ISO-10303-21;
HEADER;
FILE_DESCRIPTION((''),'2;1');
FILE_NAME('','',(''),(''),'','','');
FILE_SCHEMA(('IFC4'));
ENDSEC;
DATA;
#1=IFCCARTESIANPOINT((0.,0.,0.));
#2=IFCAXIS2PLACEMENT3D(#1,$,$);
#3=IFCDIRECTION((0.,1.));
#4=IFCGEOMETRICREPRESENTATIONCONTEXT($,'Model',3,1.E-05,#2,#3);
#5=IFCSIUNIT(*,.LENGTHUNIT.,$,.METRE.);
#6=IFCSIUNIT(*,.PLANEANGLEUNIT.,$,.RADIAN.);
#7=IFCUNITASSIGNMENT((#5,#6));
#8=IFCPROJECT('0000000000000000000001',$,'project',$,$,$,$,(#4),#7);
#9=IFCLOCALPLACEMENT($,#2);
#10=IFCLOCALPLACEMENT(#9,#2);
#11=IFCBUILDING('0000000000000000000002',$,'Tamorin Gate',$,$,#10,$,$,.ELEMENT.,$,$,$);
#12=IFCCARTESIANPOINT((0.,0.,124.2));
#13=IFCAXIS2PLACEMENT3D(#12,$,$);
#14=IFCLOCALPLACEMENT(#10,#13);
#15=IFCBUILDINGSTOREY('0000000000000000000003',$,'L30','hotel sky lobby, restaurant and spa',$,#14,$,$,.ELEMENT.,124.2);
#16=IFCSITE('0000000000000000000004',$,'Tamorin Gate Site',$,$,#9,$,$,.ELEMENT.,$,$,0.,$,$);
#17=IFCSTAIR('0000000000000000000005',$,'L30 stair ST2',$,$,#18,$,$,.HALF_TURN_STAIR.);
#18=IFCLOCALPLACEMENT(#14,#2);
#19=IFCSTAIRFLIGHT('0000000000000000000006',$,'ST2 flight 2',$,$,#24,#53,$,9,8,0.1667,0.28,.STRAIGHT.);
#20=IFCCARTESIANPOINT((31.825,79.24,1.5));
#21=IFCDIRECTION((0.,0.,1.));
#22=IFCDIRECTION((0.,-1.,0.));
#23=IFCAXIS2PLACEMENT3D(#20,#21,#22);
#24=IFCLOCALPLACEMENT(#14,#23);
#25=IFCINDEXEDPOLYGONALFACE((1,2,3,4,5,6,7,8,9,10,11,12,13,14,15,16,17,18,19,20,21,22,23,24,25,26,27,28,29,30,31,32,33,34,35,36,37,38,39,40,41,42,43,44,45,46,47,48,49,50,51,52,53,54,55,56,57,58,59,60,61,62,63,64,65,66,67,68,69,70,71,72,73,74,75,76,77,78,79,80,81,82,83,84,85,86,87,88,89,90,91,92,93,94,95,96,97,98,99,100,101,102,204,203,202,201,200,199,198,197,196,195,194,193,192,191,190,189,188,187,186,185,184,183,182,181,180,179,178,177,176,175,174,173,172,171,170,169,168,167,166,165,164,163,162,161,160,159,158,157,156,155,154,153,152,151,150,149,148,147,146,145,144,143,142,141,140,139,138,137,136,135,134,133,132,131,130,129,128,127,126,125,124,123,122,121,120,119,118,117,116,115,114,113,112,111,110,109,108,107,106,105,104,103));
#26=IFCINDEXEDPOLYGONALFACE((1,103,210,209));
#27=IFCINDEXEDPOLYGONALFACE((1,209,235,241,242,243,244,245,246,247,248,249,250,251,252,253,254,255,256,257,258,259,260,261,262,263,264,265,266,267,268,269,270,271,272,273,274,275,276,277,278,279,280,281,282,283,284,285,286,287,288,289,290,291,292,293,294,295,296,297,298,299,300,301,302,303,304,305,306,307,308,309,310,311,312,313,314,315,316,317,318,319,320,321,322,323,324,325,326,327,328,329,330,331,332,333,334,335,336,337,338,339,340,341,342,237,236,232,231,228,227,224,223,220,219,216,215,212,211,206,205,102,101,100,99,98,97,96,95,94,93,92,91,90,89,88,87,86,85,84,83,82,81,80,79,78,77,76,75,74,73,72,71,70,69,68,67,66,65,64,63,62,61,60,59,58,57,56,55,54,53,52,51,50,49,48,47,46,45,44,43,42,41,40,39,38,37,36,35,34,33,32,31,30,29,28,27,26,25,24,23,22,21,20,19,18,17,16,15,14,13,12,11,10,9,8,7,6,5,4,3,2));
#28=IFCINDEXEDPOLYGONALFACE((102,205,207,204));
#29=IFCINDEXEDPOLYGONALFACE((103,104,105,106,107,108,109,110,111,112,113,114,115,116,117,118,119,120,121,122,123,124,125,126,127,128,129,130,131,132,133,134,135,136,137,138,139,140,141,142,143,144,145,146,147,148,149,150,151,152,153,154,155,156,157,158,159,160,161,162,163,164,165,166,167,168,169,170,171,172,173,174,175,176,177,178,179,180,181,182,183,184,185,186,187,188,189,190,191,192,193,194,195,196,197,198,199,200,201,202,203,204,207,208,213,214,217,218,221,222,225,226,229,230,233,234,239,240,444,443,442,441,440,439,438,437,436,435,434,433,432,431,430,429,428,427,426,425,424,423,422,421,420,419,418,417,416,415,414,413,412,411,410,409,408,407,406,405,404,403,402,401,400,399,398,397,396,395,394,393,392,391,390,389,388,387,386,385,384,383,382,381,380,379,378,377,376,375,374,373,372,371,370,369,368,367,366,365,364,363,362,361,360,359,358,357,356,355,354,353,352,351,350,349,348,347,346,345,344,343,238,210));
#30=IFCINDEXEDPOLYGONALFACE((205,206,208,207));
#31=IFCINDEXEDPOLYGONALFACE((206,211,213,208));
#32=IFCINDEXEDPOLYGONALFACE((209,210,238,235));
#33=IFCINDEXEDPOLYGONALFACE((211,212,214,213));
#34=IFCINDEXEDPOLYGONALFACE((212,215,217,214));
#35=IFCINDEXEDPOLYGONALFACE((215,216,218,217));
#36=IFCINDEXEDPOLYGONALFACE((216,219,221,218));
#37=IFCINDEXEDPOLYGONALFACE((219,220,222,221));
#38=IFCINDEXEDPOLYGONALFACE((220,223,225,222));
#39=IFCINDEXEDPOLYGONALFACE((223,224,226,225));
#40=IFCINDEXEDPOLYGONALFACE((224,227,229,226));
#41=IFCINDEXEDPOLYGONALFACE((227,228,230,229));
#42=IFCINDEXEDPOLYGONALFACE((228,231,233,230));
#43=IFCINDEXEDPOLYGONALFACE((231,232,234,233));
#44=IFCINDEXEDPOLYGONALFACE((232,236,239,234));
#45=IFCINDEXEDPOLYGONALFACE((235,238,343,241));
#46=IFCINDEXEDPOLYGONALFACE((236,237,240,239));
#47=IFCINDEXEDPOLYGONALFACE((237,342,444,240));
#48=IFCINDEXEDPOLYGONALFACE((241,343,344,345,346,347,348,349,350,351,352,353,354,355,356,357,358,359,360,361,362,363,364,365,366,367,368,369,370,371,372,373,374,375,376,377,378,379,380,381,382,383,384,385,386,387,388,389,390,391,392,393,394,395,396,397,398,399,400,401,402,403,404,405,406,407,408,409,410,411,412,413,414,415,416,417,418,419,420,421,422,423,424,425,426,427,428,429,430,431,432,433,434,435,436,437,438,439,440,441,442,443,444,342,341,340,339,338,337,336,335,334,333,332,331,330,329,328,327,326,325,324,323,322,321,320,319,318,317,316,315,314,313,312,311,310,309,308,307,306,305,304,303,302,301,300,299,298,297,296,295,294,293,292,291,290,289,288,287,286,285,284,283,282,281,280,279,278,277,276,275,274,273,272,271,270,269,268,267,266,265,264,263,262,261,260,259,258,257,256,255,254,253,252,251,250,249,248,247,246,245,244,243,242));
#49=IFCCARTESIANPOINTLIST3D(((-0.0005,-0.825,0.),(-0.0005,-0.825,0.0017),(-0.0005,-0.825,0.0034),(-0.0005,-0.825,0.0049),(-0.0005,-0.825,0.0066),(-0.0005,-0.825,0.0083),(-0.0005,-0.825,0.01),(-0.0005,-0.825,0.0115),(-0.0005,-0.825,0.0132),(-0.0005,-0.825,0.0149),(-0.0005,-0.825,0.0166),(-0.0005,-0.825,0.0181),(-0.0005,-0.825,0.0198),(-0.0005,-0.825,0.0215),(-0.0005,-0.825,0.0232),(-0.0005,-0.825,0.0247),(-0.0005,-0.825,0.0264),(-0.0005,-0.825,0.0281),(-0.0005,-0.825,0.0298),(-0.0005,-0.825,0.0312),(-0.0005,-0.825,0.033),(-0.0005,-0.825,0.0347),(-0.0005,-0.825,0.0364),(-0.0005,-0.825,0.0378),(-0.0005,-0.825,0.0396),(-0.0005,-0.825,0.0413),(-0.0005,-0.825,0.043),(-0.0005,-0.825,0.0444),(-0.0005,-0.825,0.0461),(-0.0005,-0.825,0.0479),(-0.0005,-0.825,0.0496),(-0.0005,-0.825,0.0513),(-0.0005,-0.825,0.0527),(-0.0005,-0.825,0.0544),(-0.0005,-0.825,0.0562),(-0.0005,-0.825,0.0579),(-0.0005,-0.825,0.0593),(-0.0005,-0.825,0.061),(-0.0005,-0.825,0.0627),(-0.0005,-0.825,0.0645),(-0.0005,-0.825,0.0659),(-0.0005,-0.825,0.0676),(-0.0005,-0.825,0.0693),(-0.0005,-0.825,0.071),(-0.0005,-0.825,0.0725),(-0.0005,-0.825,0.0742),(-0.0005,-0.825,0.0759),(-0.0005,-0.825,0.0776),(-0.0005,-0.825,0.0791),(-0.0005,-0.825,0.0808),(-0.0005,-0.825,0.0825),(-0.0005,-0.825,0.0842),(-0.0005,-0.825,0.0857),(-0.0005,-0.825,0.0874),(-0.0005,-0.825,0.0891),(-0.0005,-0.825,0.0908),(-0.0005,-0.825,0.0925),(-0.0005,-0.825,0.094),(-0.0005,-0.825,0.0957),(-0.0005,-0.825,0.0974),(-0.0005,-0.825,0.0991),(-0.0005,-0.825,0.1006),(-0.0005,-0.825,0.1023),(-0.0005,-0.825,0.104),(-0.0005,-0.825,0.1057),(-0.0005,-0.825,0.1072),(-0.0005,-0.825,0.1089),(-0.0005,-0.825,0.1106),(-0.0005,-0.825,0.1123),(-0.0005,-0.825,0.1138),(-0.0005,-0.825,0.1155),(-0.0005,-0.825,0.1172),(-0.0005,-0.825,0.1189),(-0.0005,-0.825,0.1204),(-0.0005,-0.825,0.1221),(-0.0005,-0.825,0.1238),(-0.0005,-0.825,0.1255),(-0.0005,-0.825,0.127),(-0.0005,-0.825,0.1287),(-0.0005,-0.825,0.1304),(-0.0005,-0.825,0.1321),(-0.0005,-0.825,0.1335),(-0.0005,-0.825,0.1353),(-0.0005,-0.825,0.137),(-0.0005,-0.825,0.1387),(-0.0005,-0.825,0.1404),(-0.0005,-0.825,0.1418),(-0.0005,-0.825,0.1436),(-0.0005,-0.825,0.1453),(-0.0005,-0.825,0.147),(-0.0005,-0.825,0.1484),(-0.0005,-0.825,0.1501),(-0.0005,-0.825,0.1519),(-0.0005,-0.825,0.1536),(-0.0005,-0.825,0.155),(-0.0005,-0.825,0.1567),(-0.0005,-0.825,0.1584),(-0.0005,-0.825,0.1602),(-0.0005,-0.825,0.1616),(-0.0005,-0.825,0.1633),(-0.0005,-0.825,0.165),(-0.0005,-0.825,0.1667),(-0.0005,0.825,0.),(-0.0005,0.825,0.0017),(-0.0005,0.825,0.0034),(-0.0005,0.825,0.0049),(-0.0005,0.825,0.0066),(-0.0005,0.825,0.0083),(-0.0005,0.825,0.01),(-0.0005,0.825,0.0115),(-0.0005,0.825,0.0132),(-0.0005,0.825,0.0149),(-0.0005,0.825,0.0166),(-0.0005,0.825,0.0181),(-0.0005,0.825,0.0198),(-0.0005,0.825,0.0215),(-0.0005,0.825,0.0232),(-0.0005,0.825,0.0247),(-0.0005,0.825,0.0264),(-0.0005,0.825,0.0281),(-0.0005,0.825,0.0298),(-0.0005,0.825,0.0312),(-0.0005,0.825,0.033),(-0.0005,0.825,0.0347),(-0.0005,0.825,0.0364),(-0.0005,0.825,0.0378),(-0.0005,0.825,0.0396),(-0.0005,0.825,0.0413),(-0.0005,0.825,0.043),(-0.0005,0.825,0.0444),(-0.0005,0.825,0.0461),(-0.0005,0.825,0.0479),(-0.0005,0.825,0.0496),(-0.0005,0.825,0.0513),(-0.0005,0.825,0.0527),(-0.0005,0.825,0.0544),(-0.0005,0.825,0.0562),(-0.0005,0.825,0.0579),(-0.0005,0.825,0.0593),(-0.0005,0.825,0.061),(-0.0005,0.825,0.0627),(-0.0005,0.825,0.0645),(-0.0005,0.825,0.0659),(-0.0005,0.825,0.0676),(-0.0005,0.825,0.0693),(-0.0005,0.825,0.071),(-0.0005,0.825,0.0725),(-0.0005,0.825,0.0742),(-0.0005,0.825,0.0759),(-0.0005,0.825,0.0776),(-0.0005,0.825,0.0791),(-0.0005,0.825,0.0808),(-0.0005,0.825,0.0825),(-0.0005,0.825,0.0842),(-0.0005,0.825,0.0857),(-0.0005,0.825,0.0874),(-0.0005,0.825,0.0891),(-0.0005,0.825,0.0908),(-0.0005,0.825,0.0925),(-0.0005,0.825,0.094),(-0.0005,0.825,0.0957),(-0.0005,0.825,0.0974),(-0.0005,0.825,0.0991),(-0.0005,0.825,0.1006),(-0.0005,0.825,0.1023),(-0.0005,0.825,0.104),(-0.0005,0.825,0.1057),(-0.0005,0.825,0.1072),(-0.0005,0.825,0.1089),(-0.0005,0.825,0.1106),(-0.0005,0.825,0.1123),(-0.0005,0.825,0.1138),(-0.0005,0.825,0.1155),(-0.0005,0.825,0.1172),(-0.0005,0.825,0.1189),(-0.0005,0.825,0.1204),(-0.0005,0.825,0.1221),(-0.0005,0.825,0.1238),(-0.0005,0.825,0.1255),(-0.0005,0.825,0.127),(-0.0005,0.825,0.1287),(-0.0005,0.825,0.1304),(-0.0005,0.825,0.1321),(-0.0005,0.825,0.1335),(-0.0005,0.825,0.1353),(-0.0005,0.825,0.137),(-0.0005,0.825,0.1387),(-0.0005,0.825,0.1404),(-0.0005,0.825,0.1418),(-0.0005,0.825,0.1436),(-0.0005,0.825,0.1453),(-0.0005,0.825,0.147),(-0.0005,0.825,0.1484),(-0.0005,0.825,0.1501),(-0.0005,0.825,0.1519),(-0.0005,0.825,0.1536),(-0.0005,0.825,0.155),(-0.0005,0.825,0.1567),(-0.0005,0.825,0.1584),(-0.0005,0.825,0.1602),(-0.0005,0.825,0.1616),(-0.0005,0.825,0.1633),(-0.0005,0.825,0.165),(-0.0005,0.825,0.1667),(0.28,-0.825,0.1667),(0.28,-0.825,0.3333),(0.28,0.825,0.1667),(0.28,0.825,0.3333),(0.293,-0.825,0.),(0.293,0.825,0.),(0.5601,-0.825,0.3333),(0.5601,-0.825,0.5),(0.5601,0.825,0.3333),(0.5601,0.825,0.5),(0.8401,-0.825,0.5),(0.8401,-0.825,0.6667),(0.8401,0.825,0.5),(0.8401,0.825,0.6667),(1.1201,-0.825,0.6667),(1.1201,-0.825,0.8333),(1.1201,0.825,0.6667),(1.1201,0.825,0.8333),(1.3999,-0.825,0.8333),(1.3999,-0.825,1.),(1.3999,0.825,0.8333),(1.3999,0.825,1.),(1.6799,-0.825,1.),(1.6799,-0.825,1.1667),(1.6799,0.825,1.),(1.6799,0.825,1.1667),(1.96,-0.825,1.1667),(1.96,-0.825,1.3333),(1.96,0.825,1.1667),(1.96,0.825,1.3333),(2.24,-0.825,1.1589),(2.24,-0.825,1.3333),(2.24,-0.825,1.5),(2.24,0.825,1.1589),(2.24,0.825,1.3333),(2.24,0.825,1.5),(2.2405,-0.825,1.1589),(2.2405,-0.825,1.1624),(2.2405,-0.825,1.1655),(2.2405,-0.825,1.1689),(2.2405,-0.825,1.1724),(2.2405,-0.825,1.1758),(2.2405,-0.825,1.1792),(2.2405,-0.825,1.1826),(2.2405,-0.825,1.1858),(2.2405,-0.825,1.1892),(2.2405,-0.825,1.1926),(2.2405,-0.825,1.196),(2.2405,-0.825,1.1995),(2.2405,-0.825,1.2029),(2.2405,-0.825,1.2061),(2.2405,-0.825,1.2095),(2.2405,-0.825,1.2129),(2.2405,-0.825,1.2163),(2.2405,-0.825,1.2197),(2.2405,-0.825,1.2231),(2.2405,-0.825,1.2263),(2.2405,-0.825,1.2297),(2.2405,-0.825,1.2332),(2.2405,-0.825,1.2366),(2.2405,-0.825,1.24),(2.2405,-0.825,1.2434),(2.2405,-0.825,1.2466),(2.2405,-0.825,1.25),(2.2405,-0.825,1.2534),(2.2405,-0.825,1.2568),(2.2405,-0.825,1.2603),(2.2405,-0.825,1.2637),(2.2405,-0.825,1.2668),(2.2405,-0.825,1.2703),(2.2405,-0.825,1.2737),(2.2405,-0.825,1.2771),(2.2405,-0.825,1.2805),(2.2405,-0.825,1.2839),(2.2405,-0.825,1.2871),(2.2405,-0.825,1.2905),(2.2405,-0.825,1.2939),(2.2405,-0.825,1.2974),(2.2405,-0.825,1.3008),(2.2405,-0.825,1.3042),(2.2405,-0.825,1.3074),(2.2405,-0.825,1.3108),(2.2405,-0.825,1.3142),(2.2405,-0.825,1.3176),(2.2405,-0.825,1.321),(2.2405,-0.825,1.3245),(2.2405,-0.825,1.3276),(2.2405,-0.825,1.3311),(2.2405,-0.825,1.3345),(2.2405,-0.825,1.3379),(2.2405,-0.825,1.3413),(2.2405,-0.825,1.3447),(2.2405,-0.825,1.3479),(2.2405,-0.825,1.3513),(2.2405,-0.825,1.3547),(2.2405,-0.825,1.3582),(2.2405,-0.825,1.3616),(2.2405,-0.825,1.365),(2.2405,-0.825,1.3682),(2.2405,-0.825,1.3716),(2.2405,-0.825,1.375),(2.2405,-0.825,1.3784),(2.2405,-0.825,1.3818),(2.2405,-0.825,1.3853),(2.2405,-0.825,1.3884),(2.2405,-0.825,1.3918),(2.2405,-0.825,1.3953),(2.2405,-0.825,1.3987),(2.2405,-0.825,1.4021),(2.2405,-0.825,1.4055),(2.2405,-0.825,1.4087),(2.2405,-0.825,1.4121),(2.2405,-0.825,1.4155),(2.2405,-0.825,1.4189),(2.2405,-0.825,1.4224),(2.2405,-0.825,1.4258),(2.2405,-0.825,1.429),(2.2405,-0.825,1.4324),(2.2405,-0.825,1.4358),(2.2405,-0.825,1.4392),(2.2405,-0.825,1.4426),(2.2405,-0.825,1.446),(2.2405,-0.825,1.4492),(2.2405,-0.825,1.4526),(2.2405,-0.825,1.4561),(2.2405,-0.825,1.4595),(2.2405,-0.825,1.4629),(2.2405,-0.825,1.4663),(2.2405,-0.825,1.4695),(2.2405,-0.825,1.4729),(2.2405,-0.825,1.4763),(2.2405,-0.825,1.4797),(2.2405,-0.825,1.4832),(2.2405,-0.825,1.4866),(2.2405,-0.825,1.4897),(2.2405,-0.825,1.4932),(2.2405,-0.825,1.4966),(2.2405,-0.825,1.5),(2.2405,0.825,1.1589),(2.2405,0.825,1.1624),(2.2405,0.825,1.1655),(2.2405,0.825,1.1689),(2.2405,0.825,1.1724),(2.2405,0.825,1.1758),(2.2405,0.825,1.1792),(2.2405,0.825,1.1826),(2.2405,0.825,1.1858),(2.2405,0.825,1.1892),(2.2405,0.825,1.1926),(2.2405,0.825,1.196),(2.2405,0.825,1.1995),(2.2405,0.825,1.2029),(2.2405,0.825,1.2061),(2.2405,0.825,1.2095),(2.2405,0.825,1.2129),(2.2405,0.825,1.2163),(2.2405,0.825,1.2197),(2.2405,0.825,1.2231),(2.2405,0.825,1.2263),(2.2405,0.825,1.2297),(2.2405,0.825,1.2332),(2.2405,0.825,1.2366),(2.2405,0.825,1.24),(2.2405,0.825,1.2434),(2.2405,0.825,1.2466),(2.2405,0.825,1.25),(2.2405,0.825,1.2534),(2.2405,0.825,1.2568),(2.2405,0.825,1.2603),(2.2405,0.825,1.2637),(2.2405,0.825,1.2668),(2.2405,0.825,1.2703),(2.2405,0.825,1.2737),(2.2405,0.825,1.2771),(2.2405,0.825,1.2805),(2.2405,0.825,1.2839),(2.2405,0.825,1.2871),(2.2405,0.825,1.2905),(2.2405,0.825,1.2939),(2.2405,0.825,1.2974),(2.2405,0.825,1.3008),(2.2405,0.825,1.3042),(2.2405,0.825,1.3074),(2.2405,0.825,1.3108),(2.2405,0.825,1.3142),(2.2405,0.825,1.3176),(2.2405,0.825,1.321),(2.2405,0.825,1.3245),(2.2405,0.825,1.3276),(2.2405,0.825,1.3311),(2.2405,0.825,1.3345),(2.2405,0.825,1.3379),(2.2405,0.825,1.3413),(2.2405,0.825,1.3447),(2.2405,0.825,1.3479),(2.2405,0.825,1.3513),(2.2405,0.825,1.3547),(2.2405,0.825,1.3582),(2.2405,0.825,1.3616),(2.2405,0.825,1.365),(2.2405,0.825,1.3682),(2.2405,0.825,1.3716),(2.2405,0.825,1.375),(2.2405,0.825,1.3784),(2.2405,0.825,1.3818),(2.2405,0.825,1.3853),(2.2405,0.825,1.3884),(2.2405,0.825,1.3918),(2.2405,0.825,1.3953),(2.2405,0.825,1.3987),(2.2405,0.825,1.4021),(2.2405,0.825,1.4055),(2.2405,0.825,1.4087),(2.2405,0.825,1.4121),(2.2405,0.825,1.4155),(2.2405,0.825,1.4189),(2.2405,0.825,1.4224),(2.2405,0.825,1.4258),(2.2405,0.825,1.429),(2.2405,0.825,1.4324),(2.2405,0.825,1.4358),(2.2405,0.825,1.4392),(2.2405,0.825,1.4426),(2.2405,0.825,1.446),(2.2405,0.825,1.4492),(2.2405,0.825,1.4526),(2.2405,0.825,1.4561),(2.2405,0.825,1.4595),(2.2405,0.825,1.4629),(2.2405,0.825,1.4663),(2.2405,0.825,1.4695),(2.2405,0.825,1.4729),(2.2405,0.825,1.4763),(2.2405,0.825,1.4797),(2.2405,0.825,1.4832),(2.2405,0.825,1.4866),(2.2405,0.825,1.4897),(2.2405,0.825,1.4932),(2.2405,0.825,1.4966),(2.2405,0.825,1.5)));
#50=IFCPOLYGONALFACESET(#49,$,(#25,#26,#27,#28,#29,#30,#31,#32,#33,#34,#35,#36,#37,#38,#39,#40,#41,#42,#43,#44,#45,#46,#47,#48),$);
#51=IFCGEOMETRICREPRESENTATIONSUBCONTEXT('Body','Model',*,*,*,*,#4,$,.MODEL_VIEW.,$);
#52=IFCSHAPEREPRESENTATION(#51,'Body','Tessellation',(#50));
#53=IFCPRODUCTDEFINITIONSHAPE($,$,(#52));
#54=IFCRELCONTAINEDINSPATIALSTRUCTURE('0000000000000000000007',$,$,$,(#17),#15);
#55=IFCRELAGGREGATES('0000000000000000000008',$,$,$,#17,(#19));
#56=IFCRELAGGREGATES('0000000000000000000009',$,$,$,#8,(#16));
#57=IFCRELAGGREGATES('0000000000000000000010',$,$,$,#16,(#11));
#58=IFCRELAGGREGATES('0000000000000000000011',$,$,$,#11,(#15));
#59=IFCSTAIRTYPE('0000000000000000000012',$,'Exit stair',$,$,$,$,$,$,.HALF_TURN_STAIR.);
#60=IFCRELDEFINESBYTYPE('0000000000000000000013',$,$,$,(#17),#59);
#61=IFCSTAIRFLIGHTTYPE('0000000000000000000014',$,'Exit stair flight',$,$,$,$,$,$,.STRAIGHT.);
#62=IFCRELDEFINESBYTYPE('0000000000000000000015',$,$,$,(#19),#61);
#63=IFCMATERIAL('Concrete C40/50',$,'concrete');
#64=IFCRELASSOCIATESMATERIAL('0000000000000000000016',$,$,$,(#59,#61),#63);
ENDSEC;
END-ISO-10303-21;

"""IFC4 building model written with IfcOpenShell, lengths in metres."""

from ifc_helpers import new_model, si_unit, direction, frame, origin, place, context, subcontext, project, spatial, polyline, outline, extrude, material, type_object, element, aggregate, save


model = new_model("IFC4")

# Units and contexts
model_context = context("Model", 3, precision=1e-05, world=origin(), true_north=direction((0.0, 1.0)))
body_context = subcontext(model_context, "Body", "Model", "MODEL_VIEW")
ifc_project = project(units=[si_unit("LENGTHUNIT", "METRE"), si_unit("PLANEANGLEUNIT", "RADIAN")], contexts=[model_context])

# Site, building, storey
site_placement = place(None, origin())
site = spatial("IfcSite", under=ifc_project, at=site_placement, Name="Tamorin Gate Site", CompositionType="ELEMENT", RefElevation=0.0)
building_placement = place(site_placement, origin())
building = spatial("IfcBuilding", under=site, at=building_placement, Name="Tamorin Gate", CompositionType="ELEMENT")
storey_placement = place(building_placement, frame((0.0, 0.0, 124.2)))
storey = spatial("IfcBuildingStorey", under=building, at=storey_placement, Name="L30", Description="hotel sky lobby, restaurant and spa", CompositionType="ELEMENT", Elevation=124.2)

# Stair, stair flight
ifc_material_1 = material(Name="Concrete C40/50", Category="concrete")
stair_type = type_object("IfcStairType", Name="Exit stair", PredefinedType="HALF_TURN_STAIR", material=ifc_material_1)
stair_placement = place(storey_placement, origin())
stair = element("IfcStair", 1, at=stair_placement, inside=storey, type_object=stair_type, Name="L30 stair ST2", PredefinedType="HALF_TURN_STAIR")
stair_flight_type = type_object("IfcStairFlightType", Name="Exit stair flight", PredefinedType="STRAIGHT", material=ifc_material_1)
stair_flight_1_placement = place(storey_placement, frame((31.825, 79.24, 1.5), z_axis=(0.0, 0.0, 1.0), x_axis=(0.0, -1.0, 0.0)))
stair_flight_1 = element("IfcStairFlight", 2, at=stair_flight_1_placement, type_object=stair_flight_type, Name="ST2 flight 2", NumberOfRisers=9, NumberOfTreads=8, PredefinedType="STRAIGHT", RiserHeight=0.1667, TreadLength=0.28, context=body_context, shape_type="SweptSolid", body=[
    extrude(outline(polyline([(-0.0005, 0.0), (-0.0005, 0.0017), (-0.0005, 0.0034), (-0.0005, 0.0049), (-0.0005, 0.0066), (-0.0005, 0.0083), (-0.0005, 0.01), (-0.0005, 0.0115), (-0.0005, 0.0132), (-0.0005, 0.0149), (-0.0005, 0.0166), (-0.0005, 0.0181), (-0.0005, 0.0198), (-0.0005, 0.0215), (-0.0005, 0.0232), (-0.0005, 0.0247), (-0.0005, 0.0264), (-0.0005, 0.0281), (-0.0005, 0.0298), (-0.0005, 0.0312), (-0.0005, 0.033), (-0.0005, 0.0347), (-0.0005, 0.0364), (-0.0005, 0.0378), (-0.0005, 0.0396), (-0.0005, 0.0413), (-0.0005, 0.043), (-0.0005, 0.0444), (-0.0005, 0.0461), (-0.0005, 0.0479), (-0.0005, 0.0496), (-0.0005, 0.0513), (-0.0005, 0.0527), (-0.0005, 0.0544), (-0.0005, 0.0562), (-0.0005, 0.0579), (-0.0005, 0.0593), (-0.0005, 0.061), (-0.0005, 0.0627), (-0.0005, 0.0645), (-0.0005, 0.0659), (-0.0005, 0.0676), (-0.0005, 0.0693), (-0.0005, 0.071), (-0.0005, 0.0725), (-0.0005, 0.0742), (-0.0005, 0.0759), (-0.0005, 0.0776), (-0.0005, 0.0791), (-0.0005, 0.0808), (-0.0005, 0.0825), (-0.0005, 0.0842), (-0.0005, 0.0857), (-0.0005, 0.0874), (-0.0005, 0.0891), (-0.0005, 0.0908), (-0.0005, 0.0925), (-0.0005, 0.094), (-0.0005, 0.0957), (-0.0005, 0.0974), (-0.0005, 0.0991), (-0.0005, 0.1006), (-0.0005, 0.1023), (-0.0005, 0.104), (-0.0005, 0.1057), (-0.0005, 0.1072), (-0.0005, 0.1089), (-0.0005, 0.1106), (-0.0005, 0.1123), (-0.0005, 0.1138), (-0.0005, 0.1155), (-0.0005, 0.1172), (-0.0005, 0.1189), (-0.0005, 0.1204), (-0.0005, 0.1221), (-0.0005, 0.1238), (-0.0005, 0.1255), (-0.0005, 0.127), (-0.0005, 0.1287), (-0.0005, 0.1304), (-0.0005, 0.1321), (-0.0005, 0.1335), (-0.0005, 0.1353), (-0.0005, 0.137), (-0.0005, 0.1387), (-0.0005, 0.1404), (-0.0005, 0.1418), (-0.0005, 0.1436), (-0.0005, 0.1453), (-0.0005, 0.147), (-0.0005, 0.1484), (-0.0005, 0.1501), (-0.0005, 0.1519), (-0.0005, 0.1536), (-0.0005, 0.155), (-0.0005, 0.1567), (-0.0005, 0.1584), (-0.0005, 0.1602), (-0.0005, 0.1616), (-0.0005, 0.1633), (-0.0005, 0.165), (-0.0005, 0.1667), (0.28, 0.1667), (0.28, 0.3333), (0.5601, 0.3333), (0.5601, 0.5), (0.8401, 0.5), (0.8401, 0.6667), (1.1201, 0.6667), (1.1201, 0.8333), (1.3999, 0.8333), (1.3999, 1.0), (1.6799, 1.0), (1.6799, 1.1667), (1.96, 1.1667), (1.96, 1.3333), (2.24, 1.3333), (2.24, 1.5), (2.2405, 1.5), (2.2405, 1.4966), (2.2405, 1.4932), (2.2405, 1.4897), (2.2405, 1.4866), (2.2405, 1.4832), (2.2405, 1.4797), (2.2405, 1.4763), (2.2405, 1.4729), (2.2405, 1.4695), (2.2405, 1.4663), (2.2405, 1.4629), (2.2405, 1.4595), (2.2405, 1.4561), (2.2405, 1.4526), (2.2405, 1.4492), (2.2405, 1.446), (2.2405, 1.4426), (2.2405, 1.4392), (2.2405, 1.4358), (2.2405, 1.4324), (2.2405, 1.429), (2.2405, 1.4258), (2.2405, 1.4224), (2.2405, 1.4189), (2.2405, 1.4155), (2.2405, 1.4121), (2.2405, 1.4087), (2.2405, 1.4055), (2.2405, 1.4021), (2.2405, 1.3987), (2.2405, 1.3953), (2.2405, 1.3918), (2.2405, 1.3884), (2.2405, 1.3853), (2.2405, 1.3818), (2.2405, 1.3784), (2.2405, 1.375), (2.2405, 1.3716), (2.2405, 1.3682), (2.2405, 1.365), (2.2405, 1.3616), (2.2405, 1.3582), (2.2405, 1.3547), (2.2405, 1.3513), (2.2405, 1.3479), (2.2405, 1.3447), (2.2405, 1.3413), (2.2405, 1.3379), (2.2405, 1.3345), (2.2405, 1.3311), (2.2405, 1.3276), (2.2405, 1.3245), (2.2405, 1.321), (2.2405, 1.3176), (2.2405, 1.3142), (2.2405, 1.3108), (2.2405, 1.3074), (2.2405, 1.3042), (2.2405, 1.3008), (2.2405, 1.2974), (2.2405, 1.2939), (2.2405, 1.2905), (2.2405, 1.2871), (2.2405, 1.2839), (2.2405, 1.2805), (2.2405, 1.2771), (2.2405, 1.2737), (2.2405, 1.2703), (2.2405, 1.2668), (2.2405, 1.2637), (2.2405, 1.2603), (2.2405, 1.2568), (2.2405, 1.2534), (2.2405, 1.25), (2.2405, 1.2466), (2.2405, 1.2434), (2.2405, 1.24), (2.2405, 1.2366), (2.2405, 1.2332), (2.2405, 1.2297), (2.2405, 1.2263), (2.2405, 1.2231), (2.2405, 1.2197), (2.2405, 1.2163), (2.2405, 1.2129), (2.2405, 1.2095), (2.2405, 1.2061), (2.2405, 1.2029), (2.2405, 1.1995), (2.2405, 1.196), (2.2405, 1.1926), (2.2405, 1.1892), (2.2405, 1.1858), (2.2405, 1.1826), (2.2405, 1.1792), (2.2405, 1.1758), (2.2405, 1.1724), (2.2405, 1.1689), (2.2405, 1.1655), (2.2405, 1.1624), (2.2405, 1.1589), (2.24, 1.1589), (0.293, 0.0), (-0.0005, 0.0)])), frame((0.0, 0.825, 0.0), z_axis=(0.0, -1.0, 0.0), x_axis=(1.0, 0.0, 0.0)), (0.0, 0.0, 1.0), 1.6499),
])
aggregate(stair, [stair_flight_1])

save(model, "model.ifc")
